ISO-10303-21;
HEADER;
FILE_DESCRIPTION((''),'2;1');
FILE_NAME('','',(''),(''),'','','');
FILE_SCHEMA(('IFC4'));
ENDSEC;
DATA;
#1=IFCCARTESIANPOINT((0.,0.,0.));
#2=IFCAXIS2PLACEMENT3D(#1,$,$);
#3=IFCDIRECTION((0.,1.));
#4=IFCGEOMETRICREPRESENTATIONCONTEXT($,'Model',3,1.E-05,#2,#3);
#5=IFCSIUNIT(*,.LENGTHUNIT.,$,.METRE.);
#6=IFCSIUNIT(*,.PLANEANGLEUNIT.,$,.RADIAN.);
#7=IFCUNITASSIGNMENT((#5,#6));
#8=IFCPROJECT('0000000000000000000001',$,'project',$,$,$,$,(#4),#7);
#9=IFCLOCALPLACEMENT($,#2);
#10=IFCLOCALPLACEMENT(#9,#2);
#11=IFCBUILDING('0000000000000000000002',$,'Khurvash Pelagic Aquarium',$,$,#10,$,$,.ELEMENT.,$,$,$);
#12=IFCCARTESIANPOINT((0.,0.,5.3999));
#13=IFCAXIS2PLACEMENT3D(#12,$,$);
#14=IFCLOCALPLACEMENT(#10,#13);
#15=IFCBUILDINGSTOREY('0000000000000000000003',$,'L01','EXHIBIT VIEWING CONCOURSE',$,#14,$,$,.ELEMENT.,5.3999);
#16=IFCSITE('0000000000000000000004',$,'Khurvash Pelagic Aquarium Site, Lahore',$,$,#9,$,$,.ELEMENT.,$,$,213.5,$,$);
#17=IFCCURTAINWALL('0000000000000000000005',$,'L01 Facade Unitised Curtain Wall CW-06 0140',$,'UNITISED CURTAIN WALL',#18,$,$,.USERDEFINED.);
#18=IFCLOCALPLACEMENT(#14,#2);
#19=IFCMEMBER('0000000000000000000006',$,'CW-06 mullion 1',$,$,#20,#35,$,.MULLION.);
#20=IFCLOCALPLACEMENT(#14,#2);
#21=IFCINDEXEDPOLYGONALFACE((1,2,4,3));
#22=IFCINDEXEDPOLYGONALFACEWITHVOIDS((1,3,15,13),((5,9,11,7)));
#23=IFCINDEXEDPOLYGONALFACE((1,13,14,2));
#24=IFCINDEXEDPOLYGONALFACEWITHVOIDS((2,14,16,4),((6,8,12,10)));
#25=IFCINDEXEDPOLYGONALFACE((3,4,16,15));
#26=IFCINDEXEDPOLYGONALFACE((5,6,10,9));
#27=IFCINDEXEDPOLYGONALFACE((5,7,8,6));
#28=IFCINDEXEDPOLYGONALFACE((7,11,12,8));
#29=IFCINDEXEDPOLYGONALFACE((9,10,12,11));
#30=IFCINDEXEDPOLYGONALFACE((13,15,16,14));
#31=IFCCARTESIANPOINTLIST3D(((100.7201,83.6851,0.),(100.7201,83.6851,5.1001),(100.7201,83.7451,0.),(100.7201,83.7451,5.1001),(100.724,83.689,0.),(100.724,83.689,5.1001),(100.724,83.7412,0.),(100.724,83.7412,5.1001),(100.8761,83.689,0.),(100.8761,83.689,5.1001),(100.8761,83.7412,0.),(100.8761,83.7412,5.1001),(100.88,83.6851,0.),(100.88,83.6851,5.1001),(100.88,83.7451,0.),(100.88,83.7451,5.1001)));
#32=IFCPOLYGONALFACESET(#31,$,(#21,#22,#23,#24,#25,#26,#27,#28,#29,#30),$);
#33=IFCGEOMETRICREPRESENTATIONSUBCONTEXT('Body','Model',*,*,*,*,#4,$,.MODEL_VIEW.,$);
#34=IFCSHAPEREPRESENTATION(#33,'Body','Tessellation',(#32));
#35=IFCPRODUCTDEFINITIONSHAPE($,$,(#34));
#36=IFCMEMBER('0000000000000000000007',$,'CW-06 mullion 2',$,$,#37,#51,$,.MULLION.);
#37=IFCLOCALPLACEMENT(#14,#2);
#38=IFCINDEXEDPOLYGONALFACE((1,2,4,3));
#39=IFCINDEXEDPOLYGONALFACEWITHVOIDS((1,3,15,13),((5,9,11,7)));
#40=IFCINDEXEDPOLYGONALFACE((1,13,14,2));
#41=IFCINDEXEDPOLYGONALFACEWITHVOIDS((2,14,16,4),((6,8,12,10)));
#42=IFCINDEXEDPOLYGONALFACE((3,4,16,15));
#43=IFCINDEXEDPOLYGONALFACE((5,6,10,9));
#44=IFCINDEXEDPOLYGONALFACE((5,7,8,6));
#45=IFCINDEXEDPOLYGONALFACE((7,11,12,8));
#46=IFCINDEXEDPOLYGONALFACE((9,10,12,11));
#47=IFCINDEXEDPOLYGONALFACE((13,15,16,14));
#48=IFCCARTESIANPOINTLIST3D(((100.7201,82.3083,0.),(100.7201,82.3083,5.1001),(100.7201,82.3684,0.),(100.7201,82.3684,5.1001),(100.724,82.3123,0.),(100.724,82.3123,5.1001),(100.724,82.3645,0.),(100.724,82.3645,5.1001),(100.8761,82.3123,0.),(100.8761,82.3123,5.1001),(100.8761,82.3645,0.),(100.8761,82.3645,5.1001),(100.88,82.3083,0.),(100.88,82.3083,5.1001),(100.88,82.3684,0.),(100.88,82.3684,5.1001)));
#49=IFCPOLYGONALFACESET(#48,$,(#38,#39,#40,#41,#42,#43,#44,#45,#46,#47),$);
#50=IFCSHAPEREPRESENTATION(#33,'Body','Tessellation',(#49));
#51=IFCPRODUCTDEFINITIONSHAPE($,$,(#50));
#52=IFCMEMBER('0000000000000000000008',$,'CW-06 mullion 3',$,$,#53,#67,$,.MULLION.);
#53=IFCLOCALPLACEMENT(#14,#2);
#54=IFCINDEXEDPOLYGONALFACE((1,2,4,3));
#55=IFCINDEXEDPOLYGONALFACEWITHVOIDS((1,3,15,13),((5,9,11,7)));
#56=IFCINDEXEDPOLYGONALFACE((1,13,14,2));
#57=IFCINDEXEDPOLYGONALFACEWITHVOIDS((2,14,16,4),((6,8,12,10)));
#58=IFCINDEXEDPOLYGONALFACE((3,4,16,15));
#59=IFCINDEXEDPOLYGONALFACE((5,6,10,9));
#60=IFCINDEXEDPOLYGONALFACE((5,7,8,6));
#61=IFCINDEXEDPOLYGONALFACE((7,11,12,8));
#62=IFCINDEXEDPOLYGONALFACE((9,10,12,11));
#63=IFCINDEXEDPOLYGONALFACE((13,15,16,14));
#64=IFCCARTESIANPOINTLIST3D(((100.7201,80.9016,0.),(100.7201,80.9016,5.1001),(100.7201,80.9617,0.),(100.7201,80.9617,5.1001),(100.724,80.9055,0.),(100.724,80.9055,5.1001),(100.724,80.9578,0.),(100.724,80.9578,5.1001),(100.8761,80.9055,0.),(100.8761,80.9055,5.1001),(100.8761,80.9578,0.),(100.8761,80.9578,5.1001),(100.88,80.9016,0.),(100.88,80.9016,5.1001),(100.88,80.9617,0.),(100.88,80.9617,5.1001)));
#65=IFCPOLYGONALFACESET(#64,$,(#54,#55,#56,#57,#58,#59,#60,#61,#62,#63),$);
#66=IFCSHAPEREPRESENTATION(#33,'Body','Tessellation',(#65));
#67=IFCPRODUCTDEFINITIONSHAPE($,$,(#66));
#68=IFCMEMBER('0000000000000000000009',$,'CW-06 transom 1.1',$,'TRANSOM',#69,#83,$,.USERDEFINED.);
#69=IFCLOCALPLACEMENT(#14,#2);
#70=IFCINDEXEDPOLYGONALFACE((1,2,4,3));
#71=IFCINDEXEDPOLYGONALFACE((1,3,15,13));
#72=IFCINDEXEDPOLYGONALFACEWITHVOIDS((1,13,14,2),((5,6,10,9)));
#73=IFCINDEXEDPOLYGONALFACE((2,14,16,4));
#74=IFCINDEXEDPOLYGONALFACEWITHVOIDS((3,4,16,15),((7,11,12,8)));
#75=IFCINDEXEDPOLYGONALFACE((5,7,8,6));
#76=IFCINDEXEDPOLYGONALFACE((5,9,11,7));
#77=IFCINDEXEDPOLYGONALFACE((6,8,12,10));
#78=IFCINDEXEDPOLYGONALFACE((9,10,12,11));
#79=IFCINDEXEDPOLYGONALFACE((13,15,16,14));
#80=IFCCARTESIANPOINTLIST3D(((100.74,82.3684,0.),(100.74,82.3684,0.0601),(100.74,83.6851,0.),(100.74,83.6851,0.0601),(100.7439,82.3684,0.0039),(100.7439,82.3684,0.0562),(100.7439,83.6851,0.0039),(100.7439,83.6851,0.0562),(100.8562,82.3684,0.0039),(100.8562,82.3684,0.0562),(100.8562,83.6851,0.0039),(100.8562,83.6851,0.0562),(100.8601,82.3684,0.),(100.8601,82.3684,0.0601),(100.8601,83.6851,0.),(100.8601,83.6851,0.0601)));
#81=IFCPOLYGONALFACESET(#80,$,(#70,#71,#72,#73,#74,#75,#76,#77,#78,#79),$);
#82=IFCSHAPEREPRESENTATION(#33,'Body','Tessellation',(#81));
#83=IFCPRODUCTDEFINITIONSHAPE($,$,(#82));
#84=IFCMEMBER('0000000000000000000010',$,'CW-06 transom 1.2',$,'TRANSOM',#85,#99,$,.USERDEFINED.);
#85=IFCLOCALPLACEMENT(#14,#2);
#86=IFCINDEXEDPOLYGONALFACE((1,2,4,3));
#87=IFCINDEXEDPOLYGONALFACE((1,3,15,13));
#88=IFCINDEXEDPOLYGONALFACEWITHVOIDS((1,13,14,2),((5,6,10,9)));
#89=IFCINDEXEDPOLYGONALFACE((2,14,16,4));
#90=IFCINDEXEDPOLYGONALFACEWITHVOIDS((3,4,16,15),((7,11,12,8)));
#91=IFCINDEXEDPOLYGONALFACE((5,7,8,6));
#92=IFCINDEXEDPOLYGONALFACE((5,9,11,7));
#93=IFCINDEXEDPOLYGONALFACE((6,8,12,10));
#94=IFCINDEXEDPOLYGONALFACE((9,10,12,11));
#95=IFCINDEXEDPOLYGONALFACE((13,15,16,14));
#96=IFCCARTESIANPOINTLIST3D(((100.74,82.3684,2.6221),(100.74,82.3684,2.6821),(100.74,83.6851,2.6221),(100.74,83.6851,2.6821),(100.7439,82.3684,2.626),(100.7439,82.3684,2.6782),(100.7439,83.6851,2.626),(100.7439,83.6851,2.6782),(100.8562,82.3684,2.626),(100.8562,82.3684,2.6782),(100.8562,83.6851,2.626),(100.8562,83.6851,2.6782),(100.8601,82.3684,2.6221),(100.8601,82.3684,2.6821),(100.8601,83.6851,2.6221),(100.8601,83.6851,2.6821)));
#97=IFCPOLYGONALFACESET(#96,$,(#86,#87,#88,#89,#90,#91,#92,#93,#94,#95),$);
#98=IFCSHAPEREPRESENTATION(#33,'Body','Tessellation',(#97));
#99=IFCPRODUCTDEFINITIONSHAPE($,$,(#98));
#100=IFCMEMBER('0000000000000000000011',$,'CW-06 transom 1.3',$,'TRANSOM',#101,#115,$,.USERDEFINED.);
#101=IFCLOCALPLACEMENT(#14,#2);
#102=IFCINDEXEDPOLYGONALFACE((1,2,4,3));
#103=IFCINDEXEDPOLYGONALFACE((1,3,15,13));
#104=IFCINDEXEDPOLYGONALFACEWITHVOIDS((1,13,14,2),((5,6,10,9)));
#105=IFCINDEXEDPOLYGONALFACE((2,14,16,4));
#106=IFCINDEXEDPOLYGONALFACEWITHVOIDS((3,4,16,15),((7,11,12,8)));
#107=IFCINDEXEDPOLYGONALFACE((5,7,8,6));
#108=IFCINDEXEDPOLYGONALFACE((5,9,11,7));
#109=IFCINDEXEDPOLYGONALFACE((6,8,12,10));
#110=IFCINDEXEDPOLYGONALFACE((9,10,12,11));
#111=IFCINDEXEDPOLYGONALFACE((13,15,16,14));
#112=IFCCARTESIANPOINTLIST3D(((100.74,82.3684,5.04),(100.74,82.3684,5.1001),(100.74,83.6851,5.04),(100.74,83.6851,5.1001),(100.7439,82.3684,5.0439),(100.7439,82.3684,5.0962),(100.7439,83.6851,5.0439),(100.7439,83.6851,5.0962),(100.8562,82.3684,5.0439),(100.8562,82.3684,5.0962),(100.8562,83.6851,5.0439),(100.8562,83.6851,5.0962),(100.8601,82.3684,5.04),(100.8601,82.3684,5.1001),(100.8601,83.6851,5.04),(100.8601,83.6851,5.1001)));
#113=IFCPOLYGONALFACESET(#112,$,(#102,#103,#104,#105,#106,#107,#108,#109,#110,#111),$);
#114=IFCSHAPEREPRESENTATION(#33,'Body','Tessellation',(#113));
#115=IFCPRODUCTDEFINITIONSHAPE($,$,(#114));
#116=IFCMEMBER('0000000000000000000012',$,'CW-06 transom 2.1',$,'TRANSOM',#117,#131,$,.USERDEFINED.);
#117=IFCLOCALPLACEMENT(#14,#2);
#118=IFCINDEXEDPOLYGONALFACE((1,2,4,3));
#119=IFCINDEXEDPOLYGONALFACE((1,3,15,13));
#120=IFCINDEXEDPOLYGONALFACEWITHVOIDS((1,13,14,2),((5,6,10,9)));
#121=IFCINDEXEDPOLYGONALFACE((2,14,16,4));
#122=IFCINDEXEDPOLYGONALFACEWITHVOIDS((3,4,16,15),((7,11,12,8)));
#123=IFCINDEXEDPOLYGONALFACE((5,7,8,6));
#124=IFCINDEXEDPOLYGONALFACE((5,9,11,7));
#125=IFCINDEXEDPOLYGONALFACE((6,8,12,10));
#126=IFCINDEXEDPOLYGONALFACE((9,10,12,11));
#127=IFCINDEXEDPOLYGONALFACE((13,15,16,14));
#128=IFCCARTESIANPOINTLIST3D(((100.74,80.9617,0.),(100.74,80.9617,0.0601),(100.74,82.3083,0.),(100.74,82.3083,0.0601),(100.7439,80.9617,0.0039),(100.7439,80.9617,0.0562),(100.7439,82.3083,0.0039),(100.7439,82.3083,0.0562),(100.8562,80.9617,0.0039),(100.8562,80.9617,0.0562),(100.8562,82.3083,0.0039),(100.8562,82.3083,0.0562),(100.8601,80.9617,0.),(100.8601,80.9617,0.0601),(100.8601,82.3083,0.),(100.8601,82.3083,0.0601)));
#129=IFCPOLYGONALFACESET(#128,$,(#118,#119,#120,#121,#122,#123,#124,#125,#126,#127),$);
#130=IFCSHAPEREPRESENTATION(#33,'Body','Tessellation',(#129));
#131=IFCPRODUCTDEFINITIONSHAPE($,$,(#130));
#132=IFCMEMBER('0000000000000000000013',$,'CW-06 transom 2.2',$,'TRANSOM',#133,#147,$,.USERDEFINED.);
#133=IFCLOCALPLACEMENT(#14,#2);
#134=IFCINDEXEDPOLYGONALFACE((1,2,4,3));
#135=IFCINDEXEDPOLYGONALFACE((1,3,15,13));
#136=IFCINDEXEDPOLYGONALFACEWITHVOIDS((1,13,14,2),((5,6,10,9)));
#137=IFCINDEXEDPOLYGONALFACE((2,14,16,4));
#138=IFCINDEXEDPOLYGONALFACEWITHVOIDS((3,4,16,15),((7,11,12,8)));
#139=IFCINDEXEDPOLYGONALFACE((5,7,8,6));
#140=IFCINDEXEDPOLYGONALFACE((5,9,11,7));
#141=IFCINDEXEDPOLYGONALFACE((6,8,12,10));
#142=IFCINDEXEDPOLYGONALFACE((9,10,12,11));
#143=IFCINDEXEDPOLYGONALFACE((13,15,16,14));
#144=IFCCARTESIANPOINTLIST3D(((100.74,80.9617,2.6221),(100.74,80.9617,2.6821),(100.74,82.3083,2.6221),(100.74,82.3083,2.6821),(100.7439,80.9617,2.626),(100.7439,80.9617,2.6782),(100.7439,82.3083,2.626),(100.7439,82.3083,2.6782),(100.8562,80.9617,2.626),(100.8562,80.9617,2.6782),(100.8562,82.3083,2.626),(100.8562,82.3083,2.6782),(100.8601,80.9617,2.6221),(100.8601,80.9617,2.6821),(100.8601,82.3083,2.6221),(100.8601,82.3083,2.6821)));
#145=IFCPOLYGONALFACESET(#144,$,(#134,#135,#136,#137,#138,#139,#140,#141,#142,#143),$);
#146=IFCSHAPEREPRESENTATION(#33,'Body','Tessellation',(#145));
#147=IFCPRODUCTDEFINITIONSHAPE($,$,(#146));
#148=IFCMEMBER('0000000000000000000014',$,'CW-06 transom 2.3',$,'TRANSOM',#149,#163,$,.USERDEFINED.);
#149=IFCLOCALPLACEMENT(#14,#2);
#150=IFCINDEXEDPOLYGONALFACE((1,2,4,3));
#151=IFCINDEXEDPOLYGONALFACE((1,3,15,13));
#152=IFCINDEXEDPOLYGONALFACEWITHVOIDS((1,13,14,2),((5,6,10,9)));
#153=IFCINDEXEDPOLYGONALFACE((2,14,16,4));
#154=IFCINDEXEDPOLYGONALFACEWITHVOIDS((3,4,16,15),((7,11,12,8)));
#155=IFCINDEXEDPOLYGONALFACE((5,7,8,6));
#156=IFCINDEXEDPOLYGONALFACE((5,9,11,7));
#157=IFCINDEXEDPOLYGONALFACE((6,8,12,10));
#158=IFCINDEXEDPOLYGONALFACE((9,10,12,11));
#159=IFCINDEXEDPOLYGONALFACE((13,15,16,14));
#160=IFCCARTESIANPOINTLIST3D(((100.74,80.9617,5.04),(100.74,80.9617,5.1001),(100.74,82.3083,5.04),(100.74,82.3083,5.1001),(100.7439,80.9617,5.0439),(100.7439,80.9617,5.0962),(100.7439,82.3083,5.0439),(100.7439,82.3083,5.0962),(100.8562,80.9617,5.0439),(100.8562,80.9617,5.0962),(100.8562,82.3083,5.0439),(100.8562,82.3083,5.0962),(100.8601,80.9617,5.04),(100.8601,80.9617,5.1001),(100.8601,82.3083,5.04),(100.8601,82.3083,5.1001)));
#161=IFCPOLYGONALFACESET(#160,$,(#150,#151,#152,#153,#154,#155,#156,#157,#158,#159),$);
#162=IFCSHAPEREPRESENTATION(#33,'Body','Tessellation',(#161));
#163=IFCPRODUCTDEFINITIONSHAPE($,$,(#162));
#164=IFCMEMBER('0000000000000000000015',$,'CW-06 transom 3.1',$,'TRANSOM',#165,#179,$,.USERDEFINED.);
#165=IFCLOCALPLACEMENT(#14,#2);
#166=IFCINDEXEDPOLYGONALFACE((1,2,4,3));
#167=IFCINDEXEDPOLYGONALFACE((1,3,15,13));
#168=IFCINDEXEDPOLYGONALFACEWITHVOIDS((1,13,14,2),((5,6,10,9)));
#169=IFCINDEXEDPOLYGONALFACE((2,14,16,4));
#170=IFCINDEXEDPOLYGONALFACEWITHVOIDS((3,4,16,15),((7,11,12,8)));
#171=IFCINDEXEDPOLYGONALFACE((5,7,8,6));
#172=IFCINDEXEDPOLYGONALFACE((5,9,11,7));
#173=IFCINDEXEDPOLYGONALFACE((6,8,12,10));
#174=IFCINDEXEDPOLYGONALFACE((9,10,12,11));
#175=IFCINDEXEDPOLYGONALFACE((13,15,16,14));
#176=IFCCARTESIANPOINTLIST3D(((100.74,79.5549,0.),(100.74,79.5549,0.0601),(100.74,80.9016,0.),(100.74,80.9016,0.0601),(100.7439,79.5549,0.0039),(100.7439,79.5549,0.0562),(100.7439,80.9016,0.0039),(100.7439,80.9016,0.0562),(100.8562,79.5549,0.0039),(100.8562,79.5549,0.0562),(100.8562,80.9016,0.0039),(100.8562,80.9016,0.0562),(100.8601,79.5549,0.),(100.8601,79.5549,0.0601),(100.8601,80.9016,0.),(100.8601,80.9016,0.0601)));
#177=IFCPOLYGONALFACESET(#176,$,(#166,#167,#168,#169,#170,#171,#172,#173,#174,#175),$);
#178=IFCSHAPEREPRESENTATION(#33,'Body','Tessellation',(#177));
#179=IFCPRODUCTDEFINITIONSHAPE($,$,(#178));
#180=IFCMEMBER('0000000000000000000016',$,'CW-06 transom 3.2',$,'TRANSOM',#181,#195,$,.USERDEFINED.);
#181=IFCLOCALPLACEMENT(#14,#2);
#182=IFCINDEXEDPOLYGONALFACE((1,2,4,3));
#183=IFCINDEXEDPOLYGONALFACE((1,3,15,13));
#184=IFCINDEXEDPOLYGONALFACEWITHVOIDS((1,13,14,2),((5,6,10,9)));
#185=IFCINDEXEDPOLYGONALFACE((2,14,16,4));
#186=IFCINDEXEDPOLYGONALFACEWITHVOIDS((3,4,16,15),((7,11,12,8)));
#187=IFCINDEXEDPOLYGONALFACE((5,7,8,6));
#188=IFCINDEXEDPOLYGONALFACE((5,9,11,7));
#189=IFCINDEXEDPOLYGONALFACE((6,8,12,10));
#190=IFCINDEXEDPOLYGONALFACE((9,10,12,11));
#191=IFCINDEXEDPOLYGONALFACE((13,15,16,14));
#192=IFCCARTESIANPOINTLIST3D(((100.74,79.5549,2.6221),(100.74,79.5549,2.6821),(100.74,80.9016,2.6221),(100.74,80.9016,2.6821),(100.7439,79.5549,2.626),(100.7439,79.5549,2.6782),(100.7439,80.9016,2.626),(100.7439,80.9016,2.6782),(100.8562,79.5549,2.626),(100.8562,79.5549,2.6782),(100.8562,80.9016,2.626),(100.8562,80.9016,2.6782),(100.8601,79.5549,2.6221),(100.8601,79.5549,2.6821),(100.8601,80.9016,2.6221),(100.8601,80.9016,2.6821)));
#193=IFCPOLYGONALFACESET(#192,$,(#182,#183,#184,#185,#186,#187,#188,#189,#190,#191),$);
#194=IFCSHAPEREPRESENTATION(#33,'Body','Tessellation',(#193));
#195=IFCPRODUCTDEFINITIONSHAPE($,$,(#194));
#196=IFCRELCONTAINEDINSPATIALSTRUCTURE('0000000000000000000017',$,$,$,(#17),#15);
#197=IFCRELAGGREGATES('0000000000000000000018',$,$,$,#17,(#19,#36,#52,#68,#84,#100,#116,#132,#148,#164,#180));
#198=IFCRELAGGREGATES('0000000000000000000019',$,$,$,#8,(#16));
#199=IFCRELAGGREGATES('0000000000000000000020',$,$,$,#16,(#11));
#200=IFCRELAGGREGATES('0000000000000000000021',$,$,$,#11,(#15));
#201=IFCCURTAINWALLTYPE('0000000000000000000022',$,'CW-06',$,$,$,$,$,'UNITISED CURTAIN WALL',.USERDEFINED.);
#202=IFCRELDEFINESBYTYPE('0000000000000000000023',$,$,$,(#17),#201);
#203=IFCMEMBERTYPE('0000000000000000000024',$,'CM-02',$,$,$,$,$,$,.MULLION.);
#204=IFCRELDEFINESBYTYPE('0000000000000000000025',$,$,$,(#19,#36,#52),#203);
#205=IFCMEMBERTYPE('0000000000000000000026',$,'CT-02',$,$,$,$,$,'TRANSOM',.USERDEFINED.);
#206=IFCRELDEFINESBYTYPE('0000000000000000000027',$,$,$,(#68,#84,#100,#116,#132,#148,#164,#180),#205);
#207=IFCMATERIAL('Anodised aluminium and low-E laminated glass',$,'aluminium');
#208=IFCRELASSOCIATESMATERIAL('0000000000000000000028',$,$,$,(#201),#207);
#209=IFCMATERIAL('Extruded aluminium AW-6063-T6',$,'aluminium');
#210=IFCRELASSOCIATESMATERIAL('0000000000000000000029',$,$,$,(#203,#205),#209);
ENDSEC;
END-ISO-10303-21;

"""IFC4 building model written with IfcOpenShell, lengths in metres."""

from ifc_helpers import new_model, si_unit, direction, frame, origin, origin_2d, place, context, subcontext, project, spatial, hollow_rectangle, extrude, material, material_profile, profile_set, type_object, element, aggregate, save


model = new_model("IFC4")

# Units and contexts
model_context = context("Model", 3, precision=1e-05, world=origin(), true_north=direction((0.0, 1.0)))
body_context = subcontext(model_context, "Body", "Model", "MODEL_VIEW")
ifc_project = project(units=[si_unit("LENGTHUNIT", "METRE"), si_unit("PLANEANGLEUNIT", "RADIAN")], contexts=[model_context])

# Site, building, storey
site_placement = place(None, origin())
site = spatial("IfcSite", under=ifc_project, at=site_placement, Name="Khurvash Pelagic Aquarium Site, Lahore", CompositionType="ELEMENT", RefElevation=213.5)
building_placement = place(site_placement, origin())
building = spatial("IfcBuilding", under=site, at=building_placement, Name="Khurvash Pelagic Aquarium", CompositionType="ELEMENT")
storey_placement = place(building_placement, frame((0.0, 0.0, 5.3999)))
storey = spatial("IfcBuildingStorey", under=building, at=storey_placement, Name="L01", Description="EXHIBIT VIEWING CONCOURSE", CompositionType="ELEMENT", Elevation=5.3999)

# Curtain wall, members
ifc_material_1 = material(Name="Anodised aluminium and low-E laminated glass", Category="aluminium")
curtain_wall_type = type_object("IfcCurtainWallType", Name="CW-06", ElementType="UNITISED CURTAIN WALL", PredefinedType="USERDEFINED", material=ifc_material_1)
curtain_wall_placement = place(storey_placement, origin())
curtain_wall = element("IfcCurtainWall", 1, at=curtain_wall_placement, inside=storey, type_object=curtain_wall_type, Name="L01 Facade Unitised Curtain Wall CW-06 0140", ObjectType="UNITISED CURTAIN WALL", PredefinedType="USERDEFINED")
ifc_material_2 = material(Name="Extruded aluminium AW-6063-T6", Category="aluminium")
ifc_material_profile_1 = material_profile(ifc_material_2, hollow_rectangle(XDim=0.0601, YDim=0.1599, WallThickness=0.0039, at=origin_2d()), Name="CWM60X160X4")
ifc_profile_set_1 = profile_set([ifc_material_profile_1], Name="Extruded aluminium AW-6063-T6")
member_type_1 = type_object("IfcMemberType", Name="CM-02", PredefinedType="MULLION", material=ifc_profile_set_1)
member_1_placement = place(storey_placement, frame((100.8, 83.7151, 0.0), z_axis=(0.0, 0.0, 1.0), x_axis=(0.0, -1.0, 0.0)))
member_1 = element("IfcMember", 2, at=member_1_placement, type_object=member_type_1, Name="CW-06 mullion 1", PredefinedType="MULLION", context=body_context, shape_type="SweptSolid", body=[
    extrude(hollow_rectangle(XDim=0.0601, YDim=0.1599, WallThickness=0.0039, at=origin_2d()), origin(), (0.0, 0.0, 1.0), 5.1001),
])
member_2_placement = place(storey_placement, frame((100.8, 82.3384, 0.0), z_axis=(0.0, 0.0, 1.0), x_axis=(0.0, -1.0, 0.0)))
member_2 = element("IfcMember", 3, at=member_2_placement, type_object=member_type_1, Name="CW-06 mullion 2", PredefinedType="MULLION", context=body_context, shape_type="SweptSolid", body=[
    extrude(hollow_rectangle(XDim=0.0601, YDim=0.1599, WallThickness=0.0039, at=origin_2d()), origin(), (0.0, 0.0, 1.0), 5.1001),
])
member_3_placement = place(storey_placement, frame((100.8, 80.9316, 0.0), z_axis=(0.0, 0.0, 1.0), x_axis=(0.0, -1.0, 0.0)))
member_3 = element("IfcMember", 4, at=member_3_placement, type_object=member_type_1, Name="CW-06 mullion 3", PredefinedType="MULLION", context=body_context, shape_type="SweptSolid", body=[
    extrude(hollow_rectangle(XDim=0.0601, YDim=0.1599, WallThickness=0.0039, at=origin_2d()), origin(), (0.0, 0.0, 1.0), 5.1001),
])
ifc_material_profile_2 = material_profile(ifc_material_2, hollow_rectangle(XDim=0.1201, YDim=0.0601, WallThickness=0.0039, at=origin_2d()), Name="CWT120X60X4")
ifc_profile_set_2 = profile_set([ifc_material_profile_2], Name="Extruded aluminium AW-6063-T6")
member_type_2 = type_object("IfcMemberType", Name="CT-02", ElementType="TRANSOM", PredefinedType="USERDEFINED", material=ifc_profile_set_2)
member_4_placement = place(storey_placement, frame((100.8, 83.6851, 0.03), z_axis=(0.0, -1.0, 0.0), x_axis=(1.0, 0.0, 0.0)))
member_4 = element("IfcMember", 5, at=member_4_placement, type_object=member_type_2, Name="CW-06 transom 1.1", ObjectType="TRANSOM", PredefinedType="USERDEFINED", context=body_context, shape_type="SweptSolid", body=[
    extrude(hollow_rectangle(XDim=0.1201, YDim=0.0601, WallThickness=0.0039, at=origin_2d()), origin(), (0.0, 0.0, 1.0), 1.3167),
])
member_5_placement = place(storey_placement, frame((100.8, 83.6851, 2.6521), z_axis=(0.0, -1.0, 0.0), x_axis=(1.0, 0.0, 0.0)))
member_5 = element("IfcMember", 6, at=member_5_placement, type_object=member_type_2, Name="CW-06 transom 1.2", ObjectType="TRANSOM", PredefinedType="USERDEFINED", context=body_context, shape_type="SweptSolid", body=[
    extrude(hollow_rectangle(XDim=0.1201, YDim=0.0601, WallThickness=0.0039, at=origin_2d()), origin(), (0.0, 0.0, 1.0), 1.3167),
])
member_6_placement = place(storey_placement, frame((100.8, 83.6851, 5.0701), z_axis=(0.0, -1.0, 0.0), x_axis=(1.0, 0.0, 0.0)))
member_6 = element("IfcMember", 7, at=member_6_placement, type_object=member_type_2, Name="CW-06 transom 1.3", ObjectType="TRANSOM", PredefinedType="USERDEFINED", context=body_context, shape_type="SweptSolid", body=[
    extrude(hollow_rectangle(XDim=0.1201, YDim=0.0601, WallThickness=0.0039, at=origin_2d()), origin(), (0.0, 0.0, 1.0), 1.3167),
])
member_7_placement = place(storey_placement, frame((100.8, 82.3083, 0.03), z_axis=(0.0, -1.0, 0.0), x_axis=(1.0, 0.0, 0.0)))
member_7 = element("IfcMember", 8, at=member_7_placement, type_object=member_type_2, Name="CW-06 transom 2.1", ObjectType="TRANSOM", PredefinedType="USERDEFINED", context=body_context, shape_type="SweptSolid", body=[
    extrude(hollow_rectangle(XDim=0.1201, YDim=0.0601, WallThickness=0.0039, at=origin_2d()), origin(), (0.0, 0.0, 1.0), 1.3467),
])
member_8_placement = place(storey_placement, frame((100.8, 82.3083, 2.6521), z_axis=(0.0, -1.0, 0.0), x_axis=(1.0, 0.0, 0.0)))
member_8 = element("IfcMember", 9, at=member_8_placement, type_object=member_type_2, Name="CW-06 transom 2.2", ObjectType="TRANSOM", PredefinedType="USERDEFINED", context=body_context, shape_type="SweptSolid", body=[
    extrude(hollow_rectangle(XDim=0.1201, YDim=0.0601, WallThickness=0.0039, at=origin_2d()), origin(), (0.0, 0.0, 1.0), 1.3467),
])
member_9_placement = place(storey_placement, frame((100.8, 82.3083, 5.0701), z_axis=(0.0, -1.0, 0.0), x_axis=(1.0, 0.0, 0.0)))
member_9 = element("IfcMember", 10, at=member_9_placement, type_object=member_type_2, Name="CW-06 transom 2.3", ObjectType="TRANSOM", PredefinedType="USERDEFINED", context=body_context, shape_type="SweptSolid", body=[
    extrude(hollow_rectangle(XDim=0.1201, YDim=0.0601, WallThickness=0.0039, at=origin_2d()), origin(), (0.0, 0.0, 1.0), 1.3467),
])
member_10_placement = place(storey_placement, frame((100.8, 80.9016, 0.03), z_axis=(0.0, -1.0, 0.0), x_axis=(1.0, 0.0, 0.0)))
member_10 = element("IfcMember", 11, at=member_10_placement, type_object=member_type_2, Name="CW-06 transom 3.1", ObjectType="TRANSOM", PredefinedType="USERDEFINED", context=body_context, shape_type="SweptSolid", body=[
    extrude(hollow_rectangle(XDim=0.1201, YDim=0.0601, WallThickness=0.0039, at=origin_2d()), origin(), (0.0, 0.0, 1.0), 1.3467),
])
member_11_placement = place(storey_placement, frame((100.8, 80.9016, 2.6521), z_axis=(0.0, -1.0, 0.0), x_axis=(1.0, 0.0, 0.0)))
member_11 = element("IfcMember", 12, at=member_11_placement, type_object=member_type_2, Name="CW-06 transom 3.2", ObjectType="TRANSOM", PredefinedType="USERDEFINED", context=body_context, shape_type="SweptSolid", body=[
    extrude(hollow_rectangle(XDim=0.1201, YDim=0.0601, WallThickness=0.0039, at=origin_2d()), origin(), (0.0, 0.0, 1.0), 1.3467),
])
aggregate(curtain_wall, [member_1, member_2, member_3, member_4, member_5, member_6, member_7, member_8, member_9, member_10, member_11])

save(model, "model.ifc")
